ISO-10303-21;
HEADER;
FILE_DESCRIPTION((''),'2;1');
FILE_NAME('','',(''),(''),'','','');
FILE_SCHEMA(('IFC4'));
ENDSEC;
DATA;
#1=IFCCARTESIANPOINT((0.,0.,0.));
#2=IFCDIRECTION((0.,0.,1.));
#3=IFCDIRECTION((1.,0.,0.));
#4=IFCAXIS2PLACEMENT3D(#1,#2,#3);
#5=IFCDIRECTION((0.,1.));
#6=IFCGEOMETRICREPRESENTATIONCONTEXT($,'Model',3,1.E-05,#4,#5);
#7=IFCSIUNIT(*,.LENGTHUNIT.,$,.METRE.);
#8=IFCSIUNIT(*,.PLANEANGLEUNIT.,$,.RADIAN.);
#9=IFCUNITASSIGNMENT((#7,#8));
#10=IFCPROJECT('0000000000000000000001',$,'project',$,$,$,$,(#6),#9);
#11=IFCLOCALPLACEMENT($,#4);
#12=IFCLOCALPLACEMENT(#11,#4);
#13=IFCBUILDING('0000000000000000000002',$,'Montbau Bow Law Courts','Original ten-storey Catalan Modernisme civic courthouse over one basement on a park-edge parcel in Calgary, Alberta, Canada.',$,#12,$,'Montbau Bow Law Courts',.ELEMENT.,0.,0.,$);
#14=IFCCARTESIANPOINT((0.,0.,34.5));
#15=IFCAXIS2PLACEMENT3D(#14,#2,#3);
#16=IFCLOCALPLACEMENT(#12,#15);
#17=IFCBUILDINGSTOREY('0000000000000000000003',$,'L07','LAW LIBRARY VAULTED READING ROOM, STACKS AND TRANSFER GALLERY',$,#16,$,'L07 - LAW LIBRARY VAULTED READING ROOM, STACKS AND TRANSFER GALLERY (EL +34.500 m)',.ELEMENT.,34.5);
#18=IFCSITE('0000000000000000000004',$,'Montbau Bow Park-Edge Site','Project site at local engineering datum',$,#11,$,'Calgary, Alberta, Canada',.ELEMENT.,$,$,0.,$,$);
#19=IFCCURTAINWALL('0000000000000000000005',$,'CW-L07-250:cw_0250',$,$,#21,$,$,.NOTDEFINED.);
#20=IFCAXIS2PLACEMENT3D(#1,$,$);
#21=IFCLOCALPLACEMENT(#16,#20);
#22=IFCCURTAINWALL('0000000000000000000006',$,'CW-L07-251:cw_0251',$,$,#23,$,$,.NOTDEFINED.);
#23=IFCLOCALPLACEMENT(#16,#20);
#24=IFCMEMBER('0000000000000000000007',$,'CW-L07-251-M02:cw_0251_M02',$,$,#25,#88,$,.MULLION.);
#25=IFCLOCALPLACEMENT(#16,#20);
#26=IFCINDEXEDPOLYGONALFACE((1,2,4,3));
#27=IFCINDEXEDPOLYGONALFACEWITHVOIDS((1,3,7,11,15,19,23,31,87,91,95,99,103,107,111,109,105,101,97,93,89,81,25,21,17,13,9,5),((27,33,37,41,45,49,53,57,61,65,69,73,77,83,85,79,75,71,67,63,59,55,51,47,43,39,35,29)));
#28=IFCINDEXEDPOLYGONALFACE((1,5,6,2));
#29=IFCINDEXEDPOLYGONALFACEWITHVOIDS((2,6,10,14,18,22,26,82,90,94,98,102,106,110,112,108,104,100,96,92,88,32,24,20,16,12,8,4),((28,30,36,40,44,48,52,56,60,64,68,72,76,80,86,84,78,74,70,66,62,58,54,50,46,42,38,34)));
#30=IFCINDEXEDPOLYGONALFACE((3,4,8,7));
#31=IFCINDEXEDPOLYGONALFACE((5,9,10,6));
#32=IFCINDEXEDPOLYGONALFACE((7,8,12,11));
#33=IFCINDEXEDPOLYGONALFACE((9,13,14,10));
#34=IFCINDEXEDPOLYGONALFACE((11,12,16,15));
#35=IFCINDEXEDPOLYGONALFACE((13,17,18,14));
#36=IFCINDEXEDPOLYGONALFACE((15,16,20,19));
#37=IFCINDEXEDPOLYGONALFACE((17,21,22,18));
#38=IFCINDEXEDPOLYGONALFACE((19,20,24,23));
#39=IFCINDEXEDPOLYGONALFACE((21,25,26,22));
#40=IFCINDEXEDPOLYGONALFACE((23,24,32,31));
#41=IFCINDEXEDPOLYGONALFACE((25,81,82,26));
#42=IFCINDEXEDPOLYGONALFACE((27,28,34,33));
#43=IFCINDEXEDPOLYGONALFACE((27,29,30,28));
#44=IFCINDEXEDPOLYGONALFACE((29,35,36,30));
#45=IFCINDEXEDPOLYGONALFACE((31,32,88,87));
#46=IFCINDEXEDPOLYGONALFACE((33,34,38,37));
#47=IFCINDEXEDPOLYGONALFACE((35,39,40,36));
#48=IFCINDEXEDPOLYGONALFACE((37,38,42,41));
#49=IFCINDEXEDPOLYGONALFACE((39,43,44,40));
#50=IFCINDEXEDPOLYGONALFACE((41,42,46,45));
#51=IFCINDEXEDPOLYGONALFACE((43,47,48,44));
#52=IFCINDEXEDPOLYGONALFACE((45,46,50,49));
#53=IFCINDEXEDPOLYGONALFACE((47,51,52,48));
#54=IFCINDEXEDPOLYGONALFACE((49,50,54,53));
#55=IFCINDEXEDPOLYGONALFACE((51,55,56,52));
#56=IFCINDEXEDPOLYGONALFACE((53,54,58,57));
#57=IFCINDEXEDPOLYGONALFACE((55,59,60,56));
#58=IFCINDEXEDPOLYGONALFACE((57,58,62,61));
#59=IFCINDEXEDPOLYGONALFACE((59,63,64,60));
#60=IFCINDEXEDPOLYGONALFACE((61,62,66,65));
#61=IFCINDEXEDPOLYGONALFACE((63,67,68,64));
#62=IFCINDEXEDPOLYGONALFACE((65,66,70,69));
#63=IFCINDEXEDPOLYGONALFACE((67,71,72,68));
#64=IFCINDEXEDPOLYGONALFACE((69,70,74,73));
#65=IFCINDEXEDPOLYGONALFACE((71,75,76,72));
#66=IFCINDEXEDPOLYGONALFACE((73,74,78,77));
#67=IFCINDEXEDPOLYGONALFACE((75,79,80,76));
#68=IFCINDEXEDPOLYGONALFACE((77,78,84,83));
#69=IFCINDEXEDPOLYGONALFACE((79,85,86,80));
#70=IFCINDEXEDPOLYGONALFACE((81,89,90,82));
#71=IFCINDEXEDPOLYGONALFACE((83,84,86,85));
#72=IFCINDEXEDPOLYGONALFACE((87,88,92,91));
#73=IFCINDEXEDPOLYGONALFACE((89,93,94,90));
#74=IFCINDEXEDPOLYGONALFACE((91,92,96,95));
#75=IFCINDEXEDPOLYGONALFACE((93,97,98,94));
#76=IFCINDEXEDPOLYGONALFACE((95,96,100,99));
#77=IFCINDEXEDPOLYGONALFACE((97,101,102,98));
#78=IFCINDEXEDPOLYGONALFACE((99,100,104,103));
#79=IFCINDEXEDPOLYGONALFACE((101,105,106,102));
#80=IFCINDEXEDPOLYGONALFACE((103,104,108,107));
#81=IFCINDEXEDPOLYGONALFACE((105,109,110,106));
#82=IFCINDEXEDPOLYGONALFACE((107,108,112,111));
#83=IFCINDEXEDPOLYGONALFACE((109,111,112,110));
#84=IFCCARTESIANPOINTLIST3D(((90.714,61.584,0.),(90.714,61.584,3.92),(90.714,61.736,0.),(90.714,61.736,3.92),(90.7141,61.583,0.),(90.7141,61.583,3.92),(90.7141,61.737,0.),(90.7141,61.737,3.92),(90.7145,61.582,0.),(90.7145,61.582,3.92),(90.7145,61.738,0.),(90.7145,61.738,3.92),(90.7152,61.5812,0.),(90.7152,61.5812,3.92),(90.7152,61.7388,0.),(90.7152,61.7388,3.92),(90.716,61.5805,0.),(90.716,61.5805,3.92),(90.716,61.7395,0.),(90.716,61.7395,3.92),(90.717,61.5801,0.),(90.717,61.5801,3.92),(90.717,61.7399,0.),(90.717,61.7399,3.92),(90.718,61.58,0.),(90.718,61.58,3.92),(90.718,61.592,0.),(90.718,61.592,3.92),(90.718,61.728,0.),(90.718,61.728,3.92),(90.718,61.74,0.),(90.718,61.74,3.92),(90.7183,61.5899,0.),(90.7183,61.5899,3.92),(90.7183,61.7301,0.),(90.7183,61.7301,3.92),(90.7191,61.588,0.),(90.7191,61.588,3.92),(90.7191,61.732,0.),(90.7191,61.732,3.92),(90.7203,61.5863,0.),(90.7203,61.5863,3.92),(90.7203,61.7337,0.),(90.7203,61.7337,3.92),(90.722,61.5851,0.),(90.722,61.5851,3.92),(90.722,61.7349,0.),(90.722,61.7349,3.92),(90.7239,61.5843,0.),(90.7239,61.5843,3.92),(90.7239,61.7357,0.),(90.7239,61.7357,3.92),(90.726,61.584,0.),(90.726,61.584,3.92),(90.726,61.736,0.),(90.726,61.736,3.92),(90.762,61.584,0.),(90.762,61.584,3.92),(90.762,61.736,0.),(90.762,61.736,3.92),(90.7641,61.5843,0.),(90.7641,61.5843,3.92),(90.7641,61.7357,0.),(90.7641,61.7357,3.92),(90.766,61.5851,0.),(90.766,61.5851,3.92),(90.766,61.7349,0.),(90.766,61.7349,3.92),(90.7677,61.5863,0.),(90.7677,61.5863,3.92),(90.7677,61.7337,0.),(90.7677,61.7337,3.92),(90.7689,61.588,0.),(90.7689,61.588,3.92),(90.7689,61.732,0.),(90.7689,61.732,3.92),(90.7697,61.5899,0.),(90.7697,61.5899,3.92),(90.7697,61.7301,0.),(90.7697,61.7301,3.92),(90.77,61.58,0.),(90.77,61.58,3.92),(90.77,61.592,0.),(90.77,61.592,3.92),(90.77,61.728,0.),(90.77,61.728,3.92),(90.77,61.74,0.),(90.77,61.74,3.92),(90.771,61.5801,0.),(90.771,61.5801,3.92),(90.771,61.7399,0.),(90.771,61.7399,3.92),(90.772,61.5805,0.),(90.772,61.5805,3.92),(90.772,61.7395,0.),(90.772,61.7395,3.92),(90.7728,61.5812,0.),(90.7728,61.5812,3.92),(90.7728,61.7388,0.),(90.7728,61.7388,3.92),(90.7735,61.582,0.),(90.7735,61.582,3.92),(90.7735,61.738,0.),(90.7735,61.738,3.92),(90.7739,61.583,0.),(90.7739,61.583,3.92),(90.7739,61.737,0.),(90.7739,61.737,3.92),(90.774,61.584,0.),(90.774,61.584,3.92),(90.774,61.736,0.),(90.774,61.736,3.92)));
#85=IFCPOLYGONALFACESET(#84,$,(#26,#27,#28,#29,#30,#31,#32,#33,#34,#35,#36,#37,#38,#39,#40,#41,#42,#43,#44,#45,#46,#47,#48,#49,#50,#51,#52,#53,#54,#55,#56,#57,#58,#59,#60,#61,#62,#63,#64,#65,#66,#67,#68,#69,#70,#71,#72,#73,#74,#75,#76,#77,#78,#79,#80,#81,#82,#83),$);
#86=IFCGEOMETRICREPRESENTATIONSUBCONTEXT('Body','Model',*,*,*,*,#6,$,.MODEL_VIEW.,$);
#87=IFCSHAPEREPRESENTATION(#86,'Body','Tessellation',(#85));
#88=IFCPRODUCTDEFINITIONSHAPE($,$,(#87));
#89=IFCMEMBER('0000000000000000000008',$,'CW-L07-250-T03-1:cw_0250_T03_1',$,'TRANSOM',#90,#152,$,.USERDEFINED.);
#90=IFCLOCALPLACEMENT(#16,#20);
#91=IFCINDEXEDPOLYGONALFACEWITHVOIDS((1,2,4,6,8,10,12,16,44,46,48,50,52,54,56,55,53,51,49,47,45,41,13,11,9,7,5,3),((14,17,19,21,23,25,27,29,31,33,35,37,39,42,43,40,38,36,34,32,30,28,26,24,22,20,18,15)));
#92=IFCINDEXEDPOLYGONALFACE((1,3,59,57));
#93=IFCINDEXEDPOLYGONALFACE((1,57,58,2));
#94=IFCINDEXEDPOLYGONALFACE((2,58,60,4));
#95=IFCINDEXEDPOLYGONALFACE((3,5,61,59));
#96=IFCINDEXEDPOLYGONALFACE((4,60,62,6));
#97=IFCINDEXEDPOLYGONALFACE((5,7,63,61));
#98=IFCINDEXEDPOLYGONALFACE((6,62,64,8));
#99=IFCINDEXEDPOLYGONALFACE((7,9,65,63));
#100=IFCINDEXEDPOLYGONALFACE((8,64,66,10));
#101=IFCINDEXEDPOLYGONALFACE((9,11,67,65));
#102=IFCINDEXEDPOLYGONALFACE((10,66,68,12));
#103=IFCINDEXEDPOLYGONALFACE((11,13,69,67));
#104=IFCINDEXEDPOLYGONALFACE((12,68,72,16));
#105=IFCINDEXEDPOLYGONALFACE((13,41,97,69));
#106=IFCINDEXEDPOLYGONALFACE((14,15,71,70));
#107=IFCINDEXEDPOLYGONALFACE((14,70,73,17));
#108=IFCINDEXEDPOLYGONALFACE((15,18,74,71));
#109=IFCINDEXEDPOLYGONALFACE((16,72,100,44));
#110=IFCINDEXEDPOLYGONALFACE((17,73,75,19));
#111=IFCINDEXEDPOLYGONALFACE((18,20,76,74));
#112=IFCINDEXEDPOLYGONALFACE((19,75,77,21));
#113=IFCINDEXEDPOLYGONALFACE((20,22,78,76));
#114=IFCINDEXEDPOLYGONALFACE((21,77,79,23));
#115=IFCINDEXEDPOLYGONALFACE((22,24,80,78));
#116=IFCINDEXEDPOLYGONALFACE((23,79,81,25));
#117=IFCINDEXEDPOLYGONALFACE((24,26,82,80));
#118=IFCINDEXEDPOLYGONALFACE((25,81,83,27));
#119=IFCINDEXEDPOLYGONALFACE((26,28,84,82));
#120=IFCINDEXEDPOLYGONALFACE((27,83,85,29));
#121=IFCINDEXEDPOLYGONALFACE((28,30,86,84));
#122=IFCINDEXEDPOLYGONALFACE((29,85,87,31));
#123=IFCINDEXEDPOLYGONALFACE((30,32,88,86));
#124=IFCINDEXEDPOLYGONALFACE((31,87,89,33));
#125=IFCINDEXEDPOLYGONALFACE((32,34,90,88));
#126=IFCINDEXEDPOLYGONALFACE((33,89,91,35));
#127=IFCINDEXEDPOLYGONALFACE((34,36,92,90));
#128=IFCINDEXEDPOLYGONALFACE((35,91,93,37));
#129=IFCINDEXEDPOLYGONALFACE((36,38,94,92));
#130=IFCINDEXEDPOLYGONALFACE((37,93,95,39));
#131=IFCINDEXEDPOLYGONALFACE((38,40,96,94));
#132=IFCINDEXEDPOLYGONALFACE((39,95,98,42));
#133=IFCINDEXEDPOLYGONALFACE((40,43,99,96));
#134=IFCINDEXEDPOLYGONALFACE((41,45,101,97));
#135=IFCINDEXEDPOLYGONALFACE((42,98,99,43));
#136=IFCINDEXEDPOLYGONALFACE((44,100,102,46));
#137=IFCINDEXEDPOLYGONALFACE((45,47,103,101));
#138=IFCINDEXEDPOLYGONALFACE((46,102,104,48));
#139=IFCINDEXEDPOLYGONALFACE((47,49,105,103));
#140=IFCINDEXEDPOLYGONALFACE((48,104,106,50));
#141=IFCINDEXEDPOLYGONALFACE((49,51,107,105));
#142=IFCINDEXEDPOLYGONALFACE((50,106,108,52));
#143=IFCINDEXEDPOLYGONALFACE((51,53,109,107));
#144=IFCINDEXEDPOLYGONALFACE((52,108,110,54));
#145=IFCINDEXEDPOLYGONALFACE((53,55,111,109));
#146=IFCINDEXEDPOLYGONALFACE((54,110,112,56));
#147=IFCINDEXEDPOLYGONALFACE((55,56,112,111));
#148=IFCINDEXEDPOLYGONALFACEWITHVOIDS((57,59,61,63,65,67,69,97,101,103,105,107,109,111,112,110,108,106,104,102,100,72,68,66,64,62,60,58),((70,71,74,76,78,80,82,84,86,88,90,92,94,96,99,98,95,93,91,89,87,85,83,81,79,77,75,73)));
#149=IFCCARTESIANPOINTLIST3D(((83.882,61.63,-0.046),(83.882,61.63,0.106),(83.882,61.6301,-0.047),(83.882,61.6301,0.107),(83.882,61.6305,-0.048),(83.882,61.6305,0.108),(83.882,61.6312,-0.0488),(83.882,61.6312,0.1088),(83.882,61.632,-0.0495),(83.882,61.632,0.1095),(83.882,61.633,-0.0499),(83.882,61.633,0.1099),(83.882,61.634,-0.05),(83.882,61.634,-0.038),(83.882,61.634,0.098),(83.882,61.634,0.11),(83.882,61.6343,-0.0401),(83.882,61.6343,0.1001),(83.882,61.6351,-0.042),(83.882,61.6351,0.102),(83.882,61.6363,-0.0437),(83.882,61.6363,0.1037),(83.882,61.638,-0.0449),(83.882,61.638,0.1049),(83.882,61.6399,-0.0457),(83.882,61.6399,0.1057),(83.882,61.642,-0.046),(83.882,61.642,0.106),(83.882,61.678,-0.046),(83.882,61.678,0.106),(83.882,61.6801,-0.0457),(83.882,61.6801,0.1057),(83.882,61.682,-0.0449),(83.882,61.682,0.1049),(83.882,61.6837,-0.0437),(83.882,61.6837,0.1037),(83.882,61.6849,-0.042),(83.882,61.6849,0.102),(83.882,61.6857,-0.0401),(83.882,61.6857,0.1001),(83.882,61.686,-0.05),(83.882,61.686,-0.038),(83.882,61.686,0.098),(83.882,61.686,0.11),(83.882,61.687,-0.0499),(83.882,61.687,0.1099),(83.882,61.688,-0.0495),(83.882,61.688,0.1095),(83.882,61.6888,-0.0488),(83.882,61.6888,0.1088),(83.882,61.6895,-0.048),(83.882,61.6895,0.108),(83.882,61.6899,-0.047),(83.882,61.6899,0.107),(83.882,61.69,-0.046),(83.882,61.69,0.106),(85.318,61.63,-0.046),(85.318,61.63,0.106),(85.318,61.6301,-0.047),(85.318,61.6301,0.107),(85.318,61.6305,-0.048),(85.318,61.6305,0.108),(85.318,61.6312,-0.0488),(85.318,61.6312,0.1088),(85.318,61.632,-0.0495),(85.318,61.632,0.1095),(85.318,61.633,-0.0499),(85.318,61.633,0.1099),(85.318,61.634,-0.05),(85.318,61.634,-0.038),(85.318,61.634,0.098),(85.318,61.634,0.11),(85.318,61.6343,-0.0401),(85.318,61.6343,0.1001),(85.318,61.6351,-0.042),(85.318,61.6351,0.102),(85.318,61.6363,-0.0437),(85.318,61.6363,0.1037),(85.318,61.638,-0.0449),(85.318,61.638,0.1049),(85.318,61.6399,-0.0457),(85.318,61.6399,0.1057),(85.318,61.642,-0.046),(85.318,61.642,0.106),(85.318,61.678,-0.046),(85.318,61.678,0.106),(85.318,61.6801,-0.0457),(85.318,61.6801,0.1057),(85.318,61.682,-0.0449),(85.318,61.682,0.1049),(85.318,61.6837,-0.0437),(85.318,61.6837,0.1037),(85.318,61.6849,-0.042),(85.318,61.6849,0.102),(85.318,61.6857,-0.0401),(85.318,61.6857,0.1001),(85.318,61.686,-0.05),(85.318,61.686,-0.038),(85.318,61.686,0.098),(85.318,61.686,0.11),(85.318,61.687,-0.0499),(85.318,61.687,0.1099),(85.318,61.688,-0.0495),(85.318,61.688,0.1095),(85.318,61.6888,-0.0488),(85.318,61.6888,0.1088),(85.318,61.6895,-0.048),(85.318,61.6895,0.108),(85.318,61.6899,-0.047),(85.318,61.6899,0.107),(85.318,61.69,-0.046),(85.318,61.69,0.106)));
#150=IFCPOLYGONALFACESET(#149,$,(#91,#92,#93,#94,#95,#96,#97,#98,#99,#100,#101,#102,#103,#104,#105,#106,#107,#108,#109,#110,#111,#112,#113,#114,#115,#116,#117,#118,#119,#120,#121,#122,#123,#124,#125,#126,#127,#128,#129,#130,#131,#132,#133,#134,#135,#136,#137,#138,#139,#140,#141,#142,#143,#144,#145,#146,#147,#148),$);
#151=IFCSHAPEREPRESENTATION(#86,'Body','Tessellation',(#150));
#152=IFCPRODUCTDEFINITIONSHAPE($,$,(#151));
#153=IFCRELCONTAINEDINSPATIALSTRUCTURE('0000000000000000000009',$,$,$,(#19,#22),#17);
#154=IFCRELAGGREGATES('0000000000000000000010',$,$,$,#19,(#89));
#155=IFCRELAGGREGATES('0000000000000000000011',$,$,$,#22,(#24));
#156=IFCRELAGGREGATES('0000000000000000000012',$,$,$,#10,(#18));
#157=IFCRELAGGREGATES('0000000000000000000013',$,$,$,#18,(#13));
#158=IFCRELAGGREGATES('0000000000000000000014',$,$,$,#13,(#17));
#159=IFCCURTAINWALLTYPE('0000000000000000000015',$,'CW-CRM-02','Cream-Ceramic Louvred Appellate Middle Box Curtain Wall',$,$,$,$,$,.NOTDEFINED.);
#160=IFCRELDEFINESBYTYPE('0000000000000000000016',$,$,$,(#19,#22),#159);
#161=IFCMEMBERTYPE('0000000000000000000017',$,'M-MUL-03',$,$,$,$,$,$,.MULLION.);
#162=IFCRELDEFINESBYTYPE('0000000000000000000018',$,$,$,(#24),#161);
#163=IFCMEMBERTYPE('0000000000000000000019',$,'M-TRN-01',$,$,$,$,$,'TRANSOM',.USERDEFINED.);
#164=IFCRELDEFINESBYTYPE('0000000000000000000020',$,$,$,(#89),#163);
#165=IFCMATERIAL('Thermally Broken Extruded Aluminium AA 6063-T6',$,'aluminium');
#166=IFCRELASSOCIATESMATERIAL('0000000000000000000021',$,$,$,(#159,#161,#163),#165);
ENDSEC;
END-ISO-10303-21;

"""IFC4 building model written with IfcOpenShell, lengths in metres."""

from ifc_helpers import new_model, si_unit, direction, frame, origin_with_axes, origin_2d_with_axis, place, context, subcontext, project, spatial, hollow_rectangle, extrude, material, material_profile, profile_set, type_object, element, aggregate, save


model = new_model("IFC4")

# Units and contexts
model_context = context("Model", 3, precision=1e-05, world=origin_with_axes(), true_north=direction((0.0, 1.0)))
body_context = subcontext(model_context, "Body", "Model", "MODEL_VIEW")
ifc_project = project(units=[si_unit("LENGTHUNIT", "METRE"), si_unit("PLANEANGLEUNIT", "RADIAN")], contexts=[model_context])

# Site, building, storey
site_placement = place(None, origin_with_axes())
site = spatial("IfcSite", under=ifc_project, at=site_placement, Name="Montbau Bow Park-Edge Site", Description="Project site at local engineering datum", LongName="Calgary, Alberta, Canada", CompositionType="ELEMENT", RefElevation=0.0)
building_placement = place(site_placement, origin_with_axes())
building = spatial("IfcBuilding", under=site, at=building_placement, Name="Montbau Bow Law Courts", Description="Original ten-storey Catalan Modernisme civic courthouse over one basement on a park-edge parcel in Calgary, Alberta, Canada.", LongName="Montbau Bow Law Courts", CompositionType="ELEMENT", ElevationOfRefHeight=0.0, ElevationOfTerrain=0.0)
storey_placement = place(building_placement, frame((0.0, 0.0, 34.5), z_axis=(0.0, 0.0, 1.0), x_axis=(1.0, 0.0, 0.0)))
storey = spatial("IfcBuildingStorey", under=building, at=storey_placement, Name="L07", Description="LAW LIBRARY VAULTED READING ROOM, STACKS AND TRANSFER GALLERY", LongName="L07 - LAW LIBRARY VAULTED READING ROOM, STACKS AND TRANSFER GALLERY (EL +34.500 m)", CompositionType="ELEMENT", Elevation=34.5)

# Curtain walls, member
ifc_material_1 = material(Name="Thermally Broken Extruded Aluminium AA 6063-T6", Category="aluminium")
curtain_wall_type = type_object("IfcCurtainWallType", Name="CW-CRM-02", Description="Cream-Ceramic Louvred Appellate Middle Box Curtain Wall", PredefinedType="NOTDEFINED", material=ifc_material_1)
curtain_wall_1_placement = place(None, frame((80.84, 61.66, 34.5), z_axis=(0.0, 0.0, 1.0), x_axis=(1.0, 0.0, 0.0)))
curtain_wall_1 = element("IfcCurtainWall", 1, at=curtain_wall_1_placement, inside=storey, type_object=curtain_wall_type, Name="CW-L07-250:cw_0250", PredefinedType="NOTDEFINED")
curtain_wall_2_placement = place(None, frame((89.24, 61.66, 34.5), z_axis=(0.0, 0.0, 1.0), x_axis=(1.0, 0.0, 0.0)))
curtain_wall_2 = element("IfcCurtainWall", 2, at=curtain_wall_2_placement, inside=storey, type_object=curtain_wall_type, Name="CW-L07-251:cw_0251", PredefinedType="NOTDEFINED")
ifc_material_profile_1 = material_profile(ifc_material_1, hollow_rectangle(XDim=0.06, YDim=0.16, WallThickness=0.004, InnerFilletRadius=0.008, OuterFilletRadius=0.004, at=origin_2d_with_axis()), Name="CWM-160X60", Category="Main", Priority=0)
ifc_profile_set_1 = profile_set([ifc_material_profile_1], Name="Thermally Broken Extruded Aluminium AA 6063-T6")
member_type_1 = type_object("IfcMemberType", Name="M-MUL-03", PredefinedType="MULLION", material=ifc_profile_set_1)
member_1_placement = place(None, frame((90.744, 61.66, 34.5), z_axis=(0.0, 0.0, 1.0), x_axis=(1.0, 0.0, 0.0)))
member_1 = element("IfcMember", 3, at=member_1_placement, type_object=member_type_1, Name="CW-L07-251-M02:cw_0251_M02", PredefinedType="MULLION", context=body_context, shape_type="SweptSolid", body=[
    extrude(hollow_rectangle(XDim=0.06, YDim=0.16, WallThickness=0.004, InnerFilletRadius=0.008, OuterFilletRadius=0.004, at=origin_2d_with_axis()), origin_with_axes(), (0.0, 0.0, 1.0), 3.92),
])

# Member
ifc_material_profile_2 = material_profile(ifc_material_1, hollow_rectangle(XDim=0.06, YDim=0.16, WallThickness=0.004, InnerFilletRadius=0.008, OuterFilletRadius=0.004, at=origin_2d_with_axis()), Name="CWT-160X60", Category="Main", Priority=0)
ifc_profile_set_2 = profile_set([ifc_material_profile_2], Name="Thermally Broken Extruded Aluminium AA 6063-T6")
member_type_2 = type_object("IfcMemberType", Name="M-TRN-01", ElementType="TRANSOM", PredefinedType="USERDEFINED", material=ifc_profile_set_2)
member_2_placement = place(None, frame((83.882, 61.66, 34.53), z_axis=(1.0, 0.0, 0.0), x_axis=(0.0, 1.0, 0.0)))
member_2 = element("IfcMember", 4, at=member_2_placement, type_object=member_type_2, Name="CW-L07-250-T03-1:cw_0250_T03_1", ObjectType="TRANSOM", PredefinedType="USERDEFINED", context=body_context, shape_type="SweptSolid", body=[
    extrude(hollow_rectangle(XDim=0.06, YDim=0.16, WallThickness=0.004, InnerFilletRadius=0.008, OuterFilletRadius=0.004, at=origin_2d_with_axis()), origin_with_axes(), (0.0, 0.0, 1.0), 1.436),
])

aggregate(curtain_wall_1, [member_2])
aggregate(curtain_wall_2, [member_1])

save(model, "model.ifc")
